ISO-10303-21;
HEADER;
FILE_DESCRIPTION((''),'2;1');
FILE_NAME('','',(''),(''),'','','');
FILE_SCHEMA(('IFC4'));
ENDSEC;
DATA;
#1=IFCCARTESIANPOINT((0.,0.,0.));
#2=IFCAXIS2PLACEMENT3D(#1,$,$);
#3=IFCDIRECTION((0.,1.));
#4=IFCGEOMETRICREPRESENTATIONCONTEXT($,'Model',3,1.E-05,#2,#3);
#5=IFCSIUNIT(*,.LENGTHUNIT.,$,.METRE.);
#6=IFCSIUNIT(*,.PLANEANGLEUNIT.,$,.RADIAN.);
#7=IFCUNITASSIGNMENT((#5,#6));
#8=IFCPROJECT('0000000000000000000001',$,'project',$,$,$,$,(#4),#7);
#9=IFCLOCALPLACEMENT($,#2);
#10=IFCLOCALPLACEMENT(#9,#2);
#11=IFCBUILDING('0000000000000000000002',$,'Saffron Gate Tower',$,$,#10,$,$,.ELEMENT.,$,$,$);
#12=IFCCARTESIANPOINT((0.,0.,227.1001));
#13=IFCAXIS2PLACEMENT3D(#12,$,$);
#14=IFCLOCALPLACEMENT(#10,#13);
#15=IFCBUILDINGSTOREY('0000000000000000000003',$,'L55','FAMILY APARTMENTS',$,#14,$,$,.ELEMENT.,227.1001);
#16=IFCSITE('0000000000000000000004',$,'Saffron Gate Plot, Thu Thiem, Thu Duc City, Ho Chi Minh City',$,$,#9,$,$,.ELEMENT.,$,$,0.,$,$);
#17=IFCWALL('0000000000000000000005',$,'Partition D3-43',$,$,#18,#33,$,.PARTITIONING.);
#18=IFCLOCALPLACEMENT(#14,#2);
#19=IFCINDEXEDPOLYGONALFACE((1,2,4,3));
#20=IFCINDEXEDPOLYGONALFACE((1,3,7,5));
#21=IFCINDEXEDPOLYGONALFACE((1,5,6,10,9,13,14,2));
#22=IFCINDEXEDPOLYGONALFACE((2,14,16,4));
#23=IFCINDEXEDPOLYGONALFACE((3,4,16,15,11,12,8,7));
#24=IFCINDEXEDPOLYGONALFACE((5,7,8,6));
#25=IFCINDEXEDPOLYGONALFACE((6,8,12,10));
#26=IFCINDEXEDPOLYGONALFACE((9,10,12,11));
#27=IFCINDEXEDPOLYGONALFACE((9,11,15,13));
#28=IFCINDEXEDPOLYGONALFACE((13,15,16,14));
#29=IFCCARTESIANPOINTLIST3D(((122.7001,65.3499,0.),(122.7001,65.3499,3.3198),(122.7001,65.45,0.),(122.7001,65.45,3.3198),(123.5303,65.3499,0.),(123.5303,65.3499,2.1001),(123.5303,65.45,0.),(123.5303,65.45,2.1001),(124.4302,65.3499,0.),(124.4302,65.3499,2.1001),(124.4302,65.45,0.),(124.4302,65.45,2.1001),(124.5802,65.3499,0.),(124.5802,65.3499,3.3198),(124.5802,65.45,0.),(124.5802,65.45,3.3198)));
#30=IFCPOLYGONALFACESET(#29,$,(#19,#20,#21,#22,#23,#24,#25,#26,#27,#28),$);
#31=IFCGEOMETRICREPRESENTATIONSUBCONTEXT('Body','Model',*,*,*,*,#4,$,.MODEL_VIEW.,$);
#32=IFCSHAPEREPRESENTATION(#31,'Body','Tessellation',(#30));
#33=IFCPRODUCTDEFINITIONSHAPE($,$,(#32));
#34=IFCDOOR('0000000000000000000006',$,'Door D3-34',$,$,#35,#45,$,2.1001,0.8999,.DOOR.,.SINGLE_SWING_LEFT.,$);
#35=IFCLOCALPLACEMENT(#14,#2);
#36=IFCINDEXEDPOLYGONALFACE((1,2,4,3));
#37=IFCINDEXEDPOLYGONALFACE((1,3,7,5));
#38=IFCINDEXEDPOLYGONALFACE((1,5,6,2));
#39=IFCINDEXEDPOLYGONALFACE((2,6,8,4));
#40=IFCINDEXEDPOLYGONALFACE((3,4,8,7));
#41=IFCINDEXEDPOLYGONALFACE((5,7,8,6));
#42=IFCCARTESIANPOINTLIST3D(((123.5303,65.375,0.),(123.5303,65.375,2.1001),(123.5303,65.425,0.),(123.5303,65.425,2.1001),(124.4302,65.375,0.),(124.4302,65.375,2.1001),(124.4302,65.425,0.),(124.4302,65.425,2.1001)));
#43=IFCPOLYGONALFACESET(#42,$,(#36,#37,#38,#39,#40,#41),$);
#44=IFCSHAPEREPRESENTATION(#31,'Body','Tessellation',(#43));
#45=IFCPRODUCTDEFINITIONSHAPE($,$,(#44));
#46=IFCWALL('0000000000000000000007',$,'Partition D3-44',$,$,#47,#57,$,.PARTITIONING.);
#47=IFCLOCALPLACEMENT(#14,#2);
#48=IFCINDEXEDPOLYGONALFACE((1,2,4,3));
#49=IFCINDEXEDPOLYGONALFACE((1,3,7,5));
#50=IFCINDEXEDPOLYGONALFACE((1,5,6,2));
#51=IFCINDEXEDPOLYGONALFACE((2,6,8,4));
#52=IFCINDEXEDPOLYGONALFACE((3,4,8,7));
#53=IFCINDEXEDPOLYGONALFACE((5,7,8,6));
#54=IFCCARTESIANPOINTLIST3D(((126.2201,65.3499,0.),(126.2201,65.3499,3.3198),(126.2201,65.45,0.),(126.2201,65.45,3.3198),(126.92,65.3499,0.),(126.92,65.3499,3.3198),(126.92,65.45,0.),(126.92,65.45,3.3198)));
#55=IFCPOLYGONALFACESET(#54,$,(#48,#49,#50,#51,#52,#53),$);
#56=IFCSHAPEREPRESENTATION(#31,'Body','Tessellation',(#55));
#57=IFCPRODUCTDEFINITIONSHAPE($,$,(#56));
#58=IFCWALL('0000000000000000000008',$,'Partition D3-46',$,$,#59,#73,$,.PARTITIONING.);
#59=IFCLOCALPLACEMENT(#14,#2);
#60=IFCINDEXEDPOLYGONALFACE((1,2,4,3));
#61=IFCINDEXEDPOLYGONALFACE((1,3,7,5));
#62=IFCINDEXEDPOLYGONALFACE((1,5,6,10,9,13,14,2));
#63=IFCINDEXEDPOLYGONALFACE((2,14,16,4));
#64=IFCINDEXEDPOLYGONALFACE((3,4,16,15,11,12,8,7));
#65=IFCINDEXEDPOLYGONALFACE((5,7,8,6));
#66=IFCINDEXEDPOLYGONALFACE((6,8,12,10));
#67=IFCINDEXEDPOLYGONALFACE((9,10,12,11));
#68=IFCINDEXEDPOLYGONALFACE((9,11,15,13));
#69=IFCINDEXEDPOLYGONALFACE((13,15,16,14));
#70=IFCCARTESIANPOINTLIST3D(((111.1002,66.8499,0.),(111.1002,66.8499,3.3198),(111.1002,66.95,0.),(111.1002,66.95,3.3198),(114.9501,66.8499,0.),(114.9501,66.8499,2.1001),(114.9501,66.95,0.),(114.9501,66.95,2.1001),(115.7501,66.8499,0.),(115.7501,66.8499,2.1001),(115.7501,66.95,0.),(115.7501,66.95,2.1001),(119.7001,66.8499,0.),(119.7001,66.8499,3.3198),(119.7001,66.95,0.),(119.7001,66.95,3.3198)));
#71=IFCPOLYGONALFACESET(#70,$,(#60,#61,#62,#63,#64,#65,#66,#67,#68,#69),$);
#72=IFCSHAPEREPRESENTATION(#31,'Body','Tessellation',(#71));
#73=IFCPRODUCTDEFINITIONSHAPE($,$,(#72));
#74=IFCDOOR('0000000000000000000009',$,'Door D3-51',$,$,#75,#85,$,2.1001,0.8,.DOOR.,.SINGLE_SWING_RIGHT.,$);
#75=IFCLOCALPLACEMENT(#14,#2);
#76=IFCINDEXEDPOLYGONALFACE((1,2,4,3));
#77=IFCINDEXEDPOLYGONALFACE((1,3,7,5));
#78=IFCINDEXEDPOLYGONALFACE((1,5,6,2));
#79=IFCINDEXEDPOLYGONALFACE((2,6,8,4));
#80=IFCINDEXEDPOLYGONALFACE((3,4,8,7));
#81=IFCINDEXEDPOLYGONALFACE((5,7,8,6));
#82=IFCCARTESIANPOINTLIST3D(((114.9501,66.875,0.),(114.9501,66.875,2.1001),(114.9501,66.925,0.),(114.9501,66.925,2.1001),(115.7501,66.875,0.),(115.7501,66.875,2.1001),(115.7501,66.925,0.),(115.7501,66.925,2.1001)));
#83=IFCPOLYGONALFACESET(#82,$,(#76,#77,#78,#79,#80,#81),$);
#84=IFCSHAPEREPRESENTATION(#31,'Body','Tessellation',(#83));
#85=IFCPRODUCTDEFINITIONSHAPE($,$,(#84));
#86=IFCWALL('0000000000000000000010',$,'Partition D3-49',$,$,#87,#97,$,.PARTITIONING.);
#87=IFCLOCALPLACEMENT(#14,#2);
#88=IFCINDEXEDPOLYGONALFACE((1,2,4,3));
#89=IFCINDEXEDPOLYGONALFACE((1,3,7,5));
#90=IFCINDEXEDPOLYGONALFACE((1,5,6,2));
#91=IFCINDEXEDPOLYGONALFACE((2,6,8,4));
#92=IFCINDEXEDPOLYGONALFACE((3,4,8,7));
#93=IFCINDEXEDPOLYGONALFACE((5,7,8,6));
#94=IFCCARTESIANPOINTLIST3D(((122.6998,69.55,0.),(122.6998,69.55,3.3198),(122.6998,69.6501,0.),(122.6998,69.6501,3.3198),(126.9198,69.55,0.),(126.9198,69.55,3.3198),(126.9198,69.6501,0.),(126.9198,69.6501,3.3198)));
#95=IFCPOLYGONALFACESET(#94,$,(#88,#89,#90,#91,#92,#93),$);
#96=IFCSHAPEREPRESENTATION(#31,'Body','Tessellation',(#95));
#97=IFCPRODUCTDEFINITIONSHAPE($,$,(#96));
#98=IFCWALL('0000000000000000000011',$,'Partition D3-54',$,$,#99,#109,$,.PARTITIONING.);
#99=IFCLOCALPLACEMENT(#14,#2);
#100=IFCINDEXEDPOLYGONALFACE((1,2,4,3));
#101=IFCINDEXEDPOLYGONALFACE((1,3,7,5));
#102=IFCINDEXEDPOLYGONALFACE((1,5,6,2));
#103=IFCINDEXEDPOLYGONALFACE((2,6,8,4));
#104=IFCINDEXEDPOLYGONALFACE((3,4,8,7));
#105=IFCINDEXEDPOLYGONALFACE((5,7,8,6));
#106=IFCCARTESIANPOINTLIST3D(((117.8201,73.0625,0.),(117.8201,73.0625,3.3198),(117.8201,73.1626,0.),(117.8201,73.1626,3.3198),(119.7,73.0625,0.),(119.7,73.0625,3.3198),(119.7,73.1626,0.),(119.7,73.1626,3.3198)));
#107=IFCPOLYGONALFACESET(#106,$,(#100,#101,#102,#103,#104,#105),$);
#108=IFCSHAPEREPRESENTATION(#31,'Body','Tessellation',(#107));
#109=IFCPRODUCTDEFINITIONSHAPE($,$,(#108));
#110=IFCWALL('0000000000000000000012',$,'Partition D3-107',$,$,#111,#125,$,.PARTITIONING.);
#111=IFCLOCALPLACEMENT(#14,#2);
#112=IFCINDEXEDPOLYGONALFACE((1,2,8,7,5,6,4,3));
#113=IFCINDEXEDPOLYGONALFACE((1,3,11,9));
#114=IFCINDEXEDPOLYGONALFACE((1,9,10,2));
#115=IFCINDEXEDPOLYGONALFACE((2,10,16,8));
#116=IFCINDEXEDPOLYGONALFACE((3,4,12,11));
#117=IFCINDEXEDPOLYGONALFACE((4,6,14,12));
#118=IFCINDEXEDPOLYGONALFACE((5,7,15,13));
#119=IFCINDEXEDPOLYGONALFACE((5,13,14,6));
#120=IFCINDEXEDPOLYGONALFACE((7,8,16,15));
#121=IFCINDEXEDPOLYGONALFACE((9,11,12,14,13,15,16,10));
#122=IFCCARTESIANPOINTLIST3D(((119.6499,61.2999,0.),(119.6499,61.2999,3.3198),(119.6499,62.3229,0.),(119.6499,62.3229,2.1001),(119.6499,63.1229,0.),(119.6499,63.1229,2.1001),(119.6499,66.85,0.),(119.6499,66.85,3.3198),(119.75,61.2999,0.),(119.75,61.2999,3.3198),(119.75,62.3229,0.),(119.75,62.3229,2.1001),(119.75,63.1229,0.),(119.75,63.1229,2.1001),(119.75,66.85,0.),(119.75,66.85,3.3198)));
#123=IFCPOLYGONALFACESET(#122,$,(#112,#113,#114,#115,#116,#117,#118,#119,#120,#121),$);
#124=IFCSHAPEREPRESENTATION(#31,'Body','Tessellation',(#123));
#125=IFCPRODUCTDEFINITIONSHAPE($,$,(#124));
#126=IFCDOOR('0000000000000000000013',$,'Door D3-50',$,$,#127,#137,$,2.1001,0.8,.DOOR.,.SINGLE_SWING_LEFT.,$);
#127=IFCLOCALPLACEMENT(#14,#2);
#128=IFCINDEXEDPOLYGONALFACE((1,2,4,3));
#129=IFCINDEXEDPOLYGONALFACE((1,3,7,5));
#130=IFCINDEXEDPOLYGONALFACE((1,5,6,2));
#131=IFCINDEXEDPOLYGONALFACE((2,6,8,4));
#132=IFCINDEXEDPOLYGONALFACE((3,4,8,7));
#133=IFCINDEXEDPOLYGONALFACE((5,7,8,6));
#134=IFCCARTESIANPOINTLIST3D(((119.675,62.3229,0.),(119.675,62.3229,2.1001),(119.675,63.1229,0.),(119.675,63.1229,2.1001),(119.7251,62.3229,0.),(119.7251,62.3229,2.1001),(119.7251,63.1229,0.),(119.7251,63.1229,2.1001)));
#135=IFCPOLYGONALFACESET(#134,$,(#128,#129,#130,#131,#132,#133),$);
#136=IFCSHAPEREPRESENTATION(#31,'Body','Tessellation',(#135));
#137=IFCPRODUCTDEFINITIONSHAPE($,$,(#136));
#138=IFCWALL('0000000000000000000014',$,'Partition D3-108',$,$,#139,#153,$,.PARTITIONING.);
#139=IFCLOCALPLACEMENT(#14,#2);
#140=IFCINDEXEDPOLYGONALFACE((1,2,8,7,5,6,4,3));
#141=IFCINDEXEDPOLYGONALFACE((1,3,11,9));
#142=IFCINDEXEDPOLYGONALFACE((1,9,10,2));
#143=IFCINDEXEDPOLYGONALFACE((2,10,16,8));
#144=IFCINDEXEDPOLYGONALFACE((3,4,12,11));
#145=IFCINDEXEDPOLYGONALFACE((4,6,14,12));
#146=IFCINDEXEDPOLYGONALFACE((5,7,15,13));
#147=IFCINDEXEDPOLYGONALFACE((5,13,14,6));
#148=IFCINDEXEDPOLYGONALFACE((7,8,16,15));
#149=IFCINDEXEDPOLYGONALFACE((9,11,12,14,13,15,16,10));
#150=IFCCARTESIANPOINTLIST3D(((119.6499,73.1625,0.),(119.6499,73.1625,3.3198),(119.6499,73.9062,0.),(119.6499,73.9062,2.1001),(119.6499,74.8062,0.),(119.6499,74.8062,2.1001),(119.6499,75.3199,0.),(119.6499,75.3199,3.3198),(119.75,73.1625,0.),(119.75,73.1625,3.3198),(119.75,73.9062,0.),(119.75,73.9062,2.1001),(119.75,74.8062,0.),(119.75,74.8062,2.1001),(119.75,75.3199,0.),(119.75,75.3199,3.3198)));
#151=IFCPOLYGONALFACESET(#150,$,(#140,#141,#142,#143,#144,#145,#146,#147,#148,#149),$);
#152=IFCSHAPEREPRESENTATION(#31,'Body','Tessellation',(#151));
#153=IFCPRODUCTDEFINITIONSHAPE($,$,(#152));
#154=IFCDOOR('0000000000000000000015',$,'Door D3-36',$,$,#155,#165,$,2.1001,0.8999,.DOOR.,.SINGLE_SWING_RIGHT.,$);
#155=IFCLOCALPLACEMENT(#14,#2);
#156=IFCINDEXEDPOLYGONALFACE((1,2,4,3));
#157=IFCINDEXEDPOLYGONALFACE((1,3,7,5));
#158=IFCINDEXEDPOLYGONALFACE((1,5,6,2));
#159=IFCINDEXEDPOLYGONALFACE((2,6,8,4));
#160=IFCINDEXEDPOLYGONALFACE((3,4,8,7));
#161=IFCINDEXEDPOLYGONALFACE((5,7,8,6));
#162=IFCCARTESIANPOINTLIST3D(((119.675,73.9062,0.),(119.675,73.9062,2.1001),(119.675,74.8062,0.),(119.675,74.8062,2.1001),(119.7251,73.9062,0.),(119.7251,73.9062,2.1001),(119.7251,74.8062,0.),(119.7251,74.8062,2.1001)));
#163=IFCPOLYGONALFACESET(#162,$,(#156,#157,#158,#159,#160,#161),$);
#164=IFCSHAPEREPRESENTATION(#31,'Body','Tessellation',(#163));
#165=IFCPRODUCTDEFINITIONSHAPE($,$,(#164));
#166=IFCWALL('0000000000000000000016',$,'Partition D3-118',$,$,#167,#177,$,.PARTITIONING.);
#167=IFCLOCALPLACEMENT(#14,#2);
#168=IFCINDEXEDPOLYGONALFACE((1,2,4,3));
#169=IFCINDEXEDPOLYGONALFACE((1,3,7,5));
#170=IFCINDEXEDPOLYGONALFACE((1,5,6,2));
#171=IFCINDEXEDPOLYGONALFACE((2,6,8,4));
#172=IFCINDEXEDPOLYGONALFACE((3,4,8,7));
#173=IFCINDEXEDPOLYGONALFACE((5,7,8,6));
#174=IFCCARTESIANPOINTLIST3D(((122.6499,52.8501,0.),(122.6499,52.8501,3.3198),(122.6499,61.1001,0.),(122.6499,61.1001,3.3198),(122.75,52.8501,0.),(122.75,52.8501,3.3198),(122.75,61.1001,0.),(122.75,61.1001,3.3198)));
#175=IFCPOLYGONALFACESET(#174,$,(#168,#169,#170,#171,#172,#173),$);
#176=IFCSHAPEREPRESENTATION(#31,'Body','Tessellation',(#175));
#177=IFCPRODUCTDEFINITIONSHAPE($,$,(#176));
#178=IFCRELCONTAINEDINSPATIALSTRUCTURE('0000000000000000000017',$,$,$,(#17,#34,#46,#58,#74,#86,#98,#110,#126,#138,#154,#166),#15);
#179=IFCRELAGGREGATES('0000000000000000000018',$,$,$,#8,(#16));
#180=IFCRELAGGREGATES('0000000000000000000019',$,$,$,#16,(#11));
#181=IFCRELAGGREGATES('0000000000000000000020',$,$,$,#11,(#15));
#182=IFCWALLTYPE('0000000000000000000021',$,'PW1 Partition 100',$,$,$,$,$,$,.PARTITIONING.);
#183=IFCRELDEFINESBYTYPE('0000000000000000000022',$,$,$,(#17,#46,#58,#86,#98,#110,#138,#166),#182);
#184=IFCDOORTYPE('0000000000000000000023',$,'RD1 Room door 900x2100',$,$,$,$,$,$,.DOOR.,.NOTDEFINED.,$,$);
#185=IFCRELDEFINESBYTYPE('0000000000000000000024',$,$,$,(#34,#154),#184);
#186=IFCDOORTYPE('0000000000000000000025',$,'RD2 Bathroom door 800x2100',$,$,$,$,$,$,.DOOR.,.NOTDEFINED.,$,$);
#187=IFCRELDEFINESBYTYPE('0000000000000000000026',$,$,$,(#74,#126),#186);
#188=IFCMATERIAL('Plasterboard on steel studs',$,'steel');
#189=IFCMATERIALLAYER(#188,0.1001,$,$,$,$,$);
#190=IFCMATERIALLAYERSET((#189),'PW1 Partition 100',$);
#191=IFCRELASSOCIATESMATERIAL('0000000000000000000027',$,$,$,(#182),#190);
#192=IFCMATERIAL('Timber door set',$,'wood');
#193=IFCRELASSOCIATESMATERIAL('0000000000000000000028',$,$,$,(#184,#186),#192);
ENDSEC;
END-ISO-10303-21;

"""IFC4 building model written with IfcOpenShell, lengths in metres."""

from ifc_helpers import new_model, si_unit, direction, frame, frame_2d, origin, place, context, subcontext, project, spatial, rectangle, extrude, material, layer, layer_set, type_object, element, fill, save


model = new_model("IFC4")

# Units and contexts
model_context = context("Model", 3, precision=1e-05, world=origin(), true_north=direction((0.0, 1.0)))
body_context = subcontext(model_context, "Body", "Model", "MODEL_VIEW")
ifc_project = project(units=[si_unit("LENGTHUNIT", "METRE"), si_unit("PLANEANGLEUNIT", "RADIAN")], contexts=[model_context])

# Site, building, storey
site_placement = place(None, origin())
site = spatial("IfcSite", under=ifc_project, at=site_placement, Name="Saffron Gate Plot, Thu Thiem, Thu Duc City, Ho Chi Minh City", CompositionType="ELEMENT", RefElevation=0.0)
building_placement = place(site_placement, origin())
building = spatial("IfcBuilding", under=site, at=building_placement, Name="Saffron Gate Tower", CompositionType="ELEMENT")
storey_placement = place(building_placement, frame((0.0, 0.0, 227.1001)))
storey = spatial("IfcBuildingStorey", under=building, at=storey_placement, Name="L55", Description="FAMILY APARTMENTS", CompositionType="ELEMENT", Elevation=227.1001)

# Wall, opening, door
ifc_material_1 = material(Name="Plasterboard on steel studs", Category="steel")
ifc_layer_1 = layer(ifc_material_1, 0.1001)
ifc_layer_set_1 = layer_set([ifc_layer_1], Name="PW1 Partition 100")
wall_type_1 = type_object("IfcWallType", Name="PW1 Partition 100", PredefinedType="PARTITIONING", material=ifc_layer_set_1)
wall_1_placement = place(storey_placement, frame((124.5801, 65.3999, 0.0), z_axis=(0.0, 0.0, 1.0), x_axis=(-1.0, 0.0, 0.0)))
wall_1 = element("IfcWall", 1, at=wall_1_placement, inside=storey, type_object=wall_type_1, Name="Partition D3-43", PredefinedType="PARTITIONING", context=body_context, shape_type="SweptSolid", body=[
    extrude(rectangle(XDim=1.8801, YDim=0.1001, at=frame_2d((0.9399, 0.0))), origin(), (0.0, 0.0, 1.0), 3.3198),
])
opening_1_placement = place(wall_1_placement, frame((0.1499, 0.0, 0.0)))
opening_1 = element("IfcOpeningElement", 2, at=opening_1_placement, cuts=wall_1, PredefinedType="OPENING", context=body_context, shape_type="SweptSolid", body=[
    extrude(rectangle(XDim=0.8999, YDim=2.1001, at=frame_2d((0.45, 1.05))), frame((0.0, 0.0601, 0.0), z_axis=(0.0, -1.0, 0.0), x_axis=(1.0, 0.0, 0.0)), (0.0, 0.0, 1.0), 0.1201),
])
ifc_material_2 = material(Name="Timber door set", Category="wood")
door_type_1 = type_object("IfcDoorType", Name="RD1 Room door 900x2100", OperationType="NOTDEFINED", PredefinedType="DOOR", material=ifc_material_2)
door_1_placement = place(opening_1_placement, origin())
door_1 = element("IfcDoor", 3, at=door_1_placement, inside=storey, type_object=door_type_1, Name="Door D3-34", OperationType="SINGLE_SWING_LEFT", OverallHeight=2.1001, OverallWidth=0.8999, PredefinedType="DOOR", context=body_context, shape_type="SweptSolid", body=[
    extrude(rectangle(XDim=0.8999, YDim=2.1001, at=frame_2d((0.45, 1.05))), frame((0.0, 0.0249, 0.0), z_axis=(0.0, -1.0, 0.0), x_axis=(1.0, 0.0, 0.0)), (0.0, 0.0, 1.0), 0.05),
])
fill(opening_1, door_1)

# Wall
wall_2_placement = place(storey_placement, frame((126.22, 65.3999, 0.0), z_axis=(0.0, 0.0, 1.0), x_axis=(1.0, 0.0, 0.0)))
element("IfcWall", 4, at=wall_2_placement, inside=storey, type_object=wall_type_1, Name="Partition D3-44", PredefinedType="PARTITIONING", context=body_context, shape_type="SweptSolid", body=[
    extrude(rectangle(XDim=0.7, YDim=0.1001, at=frame_2d((0.3501, 0.0))), origin(), (0.0, 0.0, 1.0), 3.3198),
])

# Wall, opening, door
wall_3_placement = place(storey_placement, frame((119.7, 66.8999, 0.0), z_axis=(0.0, 0.0, 1.0), x_axis=(-1.0, 0.0, 0.0)))
wall_3 = element("IfcWall", 5, at=wall_3_placement, inside=storey, type_object=wall_type_1, Name="Partition D3-46", PredefinedType="PARTITIONING", context=body_context, shape_type="SweptSolid", body=[
    extrude(rectangle(XDim=8.5999, YDim=0.1001, at=frame_2d((4.2998, 0.0))), origin(), (0.0, 0.0, 1.0), 3.3198),
])
opening_2_placement = place(wall_3_placement, frame((3.95, 0.0, 0.0)))
opening_2 = element("IfcOpeningElement", 6, at=opening_2_placement, cuts=wall_3, PredefinedType="OPENING", context=body_context, shape_type="SweptSolid", body=[
    extrude(rectangle(XDim=0.8, YDim=2.1001, at=frame_2d((0.3999, 1.05))), frame((0.0, 0.0601, 0.0), z_axis=(0.0, -1.0, 0.0), x_axis=(1.0, 0.0, 0.0)), (0.0, 0.0, 1.0), 0.1201),
])
door_type_2 = type_object("IfcDoorType", Name="RD2 Bathroom door 800x2100", OperationType="NOTDEFINED", PredefinedType="DOOR", material=ifc_material_2)
door_2_placement = place(opening_2_placement, origin())
door_2 = element("IfcDoor", 7, at=door_2_placement, inside=storey, type_object=door_type_2, Name="Door D3-51", OperationType="SINGLE_SWING_RIGHT", OverallHeight=2.1001, OverallWidth=0.8, PredefinedType="DOOR", context=body_context, shape_type="SweptSolid", body=[
    extrude(rectangle(XDim=0.8, YDim=2.1001, at=frame_2d((0.3999, 1.05))), frame((0.0, 0.0249, 0.0), z_axis=(0.0, -1.0, 0.0), x_axis=(1.0, 0.0, 0.0)), (0.0, 0.0, 1.0), 0.05),
])
fill(opening_2, door_2)

# Walls
wall_4_placement = place(storey_placement, frame((122.7, 69.6001, 0.0), z_axis=(0.0, 0.0, 1.0), x_axis=(1.0, 0.0, 0.0)))
element("IfcWall", 8, at=wall_4_placement, inside=storey, type_object=wall_type_1, Name="Partition D3-49", PredefinedType="PARTITIONING", context=body_context, shape_type="SweptSolid", body=[
    extrude(rectangle(XDim=4.22, YDim=0.1001, at=frame_2d((2.1099, 0.0))), origin(), (0.0, 0.0, 1.0), 3.3198),
])
wall_5_placement = place(storey_placement, frame((117.8201, 73.1125, 0.0), z_axis=(0.0, 0.0, 1.0), x_axis=(1.0, 0.0, 0.0)))
element("IfcWall", 9, at=wall_5_placement, inside=storey, type_object=wall_type_1, Name="Partition D3-54", PredefinedType="PARTITIONING", context=body_context, shape_type="SweptSolid", body=[
    extrude(rectangle(XDim=1.8799, YDim=0.1001, at=frame_2d((0.9399, 0.0))), origin(), (0.0, 0.0, 1.0), 3.3198),
])

# Walls, openings, doors
wall_6_placement = place(storey_placement, frame((119.7, 61.3, 0.0), z_axis=(0.0, 0.0, 1.0), x_axis=(0.0, 1.0, 0.0)))
wall_6 = element("IfcWall", 10, at=wall_6_placement, inside=storey, type_object=wall_type_1, Name="Partition D3-107", PredefinedType="PARTITIONING", context=body_context, shape_type="SweptSolid", body=[
    extrude(rectangle(XDim=5.55, YDim=0.1001, at=frame_2d((2.7749, 0.0))), origin(), (0.0, 0.0, 1.0), 3.3198),
])
opening_3_placement = place(wall_6_placement, frame((1.0229, 0.0, 0.0)))
opening_3 = element("IfcOpeningElement", 11, at=opening_3_placement, cuts=wall_6, PredefinedType="OPENING", context=body_context, shape_type="SweptSolid", body=[
    extrude(rectangle(XDim=0.8, YDim=2.1001, at=frame_2d((0.3999, 1.05))), frame((0.0, 0.0601, 0.0), z_axis=(0.0, -1.0, 0.0), x_axis=(1.0, 0.0, 0.0)), (0.0, 0.0, 1.0), 0.1201),
])
door_3_placement = place(opening_3_placement, origin())
door_3 = element("IfcDoor", 12, at=door_3_placement, inside=storey, type_object=door_type_2, Name="Door D3-50", OperationType="SINGLE_SWING_LEFT", OverallHeight=2.1001, OverallWidth=0.8, PredefinedType="DOOR", context=body_context, shape_type="SweptSolid", body=[
    extrude(rectangle(XDim=0.8, YDim=2.1001, at=frame_2d((0.3999, 1.05))), frame((0.0, 0.0249, 0.0), z_axis=(0.0, -1.0, 0.0), x_axis=(1.0, 0.0, 0.0)), (0.0, 0.0, 1.0), 0.05),
])
fill(opening_3, door_3)
wall_7_placement = place(storey_placement, frame((119.7, 73.1626, 0.0), z_axis=(0.0, 0.0, 1.0), x_axis=(0.0, 1.0, 0.0)))
wall_7 = element("IfcWall", 13, at=wall_7_placement, inside=storey, type_object=wall_type_1, Name="Partition D3-108", PredefinedType="PARTITIONING", context=body_context, shape_type="SweptSolid", body=[
    extrude(rectangle(XDim=2.1575, YDim=0.1001, at=frame_2d((1.0786, 0.0))), origin(), (0.0, 0.0, 1.0), 3.3198),
])
opening_4_placement = place(wall_7_placement, frame((0.7437, 0.0, 0.0)))
opening_4 = element("IfcOpeningElement", 14, at=opening_4_placement, cuts=wall_7, PredefinedType="OPENING", context=body_context, shape_type="SweptSolid", body=[
    extrude(rectangle(XDim=0.8999, YDim=2.1001, at=frame_2d((0.45, 1.05))), frame((0.0, 0.0601, 0.0), z_axis=(0.0, -1.0, 0.0), x_axis=(1.0, 0.0, 0.0)), (0.0, 0.0, 1.0), 0.1201),
])
door_4_placement = place(opening_4_placement, origin())
door_4 = element("IfcDoor", 15, at=door_4_placement, inside=storey, type_object=door_type_1, Name="Door D3-36", OperationType="SINGLE_SWING_RIGHT", OverallHeight=2.1001, OverallWidth=0.8999, PredefinedType="DOOR", context=body_context, shape_type="SweptSolid", body=[
    extrude(rectangle(XDim=0.8999, YDim=2.1001, at=frame_2d((0.45, 1.05))), frame((0.0, 0.0249, 0.0), z_axis=(0.0, -1.0, 0.0), x_axis=(1.0, 0.0, 0.0)), (0.0, 0.0, 1.0), 0.05),
])
fill(opening_4, door_4)

# Wall
wall_8_placement = place(storey_placement, frame((122.7, 61.1001, 0.0), z_axis=(0.0, 0.0, 1.0), x_axis=(0.0, -1.0, 0.0)))
element("IfcWall", 16, at=wall_8_placement, inside=storey, type_object=wall_type_1, Name="Partition D3-118", PredefinedType="PARTITIONING", context=body_context, shape_type="SweptSolid", body=[
    extrude(rectangle(XDim=8.25, YDim=0.1001, at=frame_2d((4.125, 0.0))), origin(), (0.0, 0.0, 1.0), 3.3198),
])

save(model, "model.ifc")
